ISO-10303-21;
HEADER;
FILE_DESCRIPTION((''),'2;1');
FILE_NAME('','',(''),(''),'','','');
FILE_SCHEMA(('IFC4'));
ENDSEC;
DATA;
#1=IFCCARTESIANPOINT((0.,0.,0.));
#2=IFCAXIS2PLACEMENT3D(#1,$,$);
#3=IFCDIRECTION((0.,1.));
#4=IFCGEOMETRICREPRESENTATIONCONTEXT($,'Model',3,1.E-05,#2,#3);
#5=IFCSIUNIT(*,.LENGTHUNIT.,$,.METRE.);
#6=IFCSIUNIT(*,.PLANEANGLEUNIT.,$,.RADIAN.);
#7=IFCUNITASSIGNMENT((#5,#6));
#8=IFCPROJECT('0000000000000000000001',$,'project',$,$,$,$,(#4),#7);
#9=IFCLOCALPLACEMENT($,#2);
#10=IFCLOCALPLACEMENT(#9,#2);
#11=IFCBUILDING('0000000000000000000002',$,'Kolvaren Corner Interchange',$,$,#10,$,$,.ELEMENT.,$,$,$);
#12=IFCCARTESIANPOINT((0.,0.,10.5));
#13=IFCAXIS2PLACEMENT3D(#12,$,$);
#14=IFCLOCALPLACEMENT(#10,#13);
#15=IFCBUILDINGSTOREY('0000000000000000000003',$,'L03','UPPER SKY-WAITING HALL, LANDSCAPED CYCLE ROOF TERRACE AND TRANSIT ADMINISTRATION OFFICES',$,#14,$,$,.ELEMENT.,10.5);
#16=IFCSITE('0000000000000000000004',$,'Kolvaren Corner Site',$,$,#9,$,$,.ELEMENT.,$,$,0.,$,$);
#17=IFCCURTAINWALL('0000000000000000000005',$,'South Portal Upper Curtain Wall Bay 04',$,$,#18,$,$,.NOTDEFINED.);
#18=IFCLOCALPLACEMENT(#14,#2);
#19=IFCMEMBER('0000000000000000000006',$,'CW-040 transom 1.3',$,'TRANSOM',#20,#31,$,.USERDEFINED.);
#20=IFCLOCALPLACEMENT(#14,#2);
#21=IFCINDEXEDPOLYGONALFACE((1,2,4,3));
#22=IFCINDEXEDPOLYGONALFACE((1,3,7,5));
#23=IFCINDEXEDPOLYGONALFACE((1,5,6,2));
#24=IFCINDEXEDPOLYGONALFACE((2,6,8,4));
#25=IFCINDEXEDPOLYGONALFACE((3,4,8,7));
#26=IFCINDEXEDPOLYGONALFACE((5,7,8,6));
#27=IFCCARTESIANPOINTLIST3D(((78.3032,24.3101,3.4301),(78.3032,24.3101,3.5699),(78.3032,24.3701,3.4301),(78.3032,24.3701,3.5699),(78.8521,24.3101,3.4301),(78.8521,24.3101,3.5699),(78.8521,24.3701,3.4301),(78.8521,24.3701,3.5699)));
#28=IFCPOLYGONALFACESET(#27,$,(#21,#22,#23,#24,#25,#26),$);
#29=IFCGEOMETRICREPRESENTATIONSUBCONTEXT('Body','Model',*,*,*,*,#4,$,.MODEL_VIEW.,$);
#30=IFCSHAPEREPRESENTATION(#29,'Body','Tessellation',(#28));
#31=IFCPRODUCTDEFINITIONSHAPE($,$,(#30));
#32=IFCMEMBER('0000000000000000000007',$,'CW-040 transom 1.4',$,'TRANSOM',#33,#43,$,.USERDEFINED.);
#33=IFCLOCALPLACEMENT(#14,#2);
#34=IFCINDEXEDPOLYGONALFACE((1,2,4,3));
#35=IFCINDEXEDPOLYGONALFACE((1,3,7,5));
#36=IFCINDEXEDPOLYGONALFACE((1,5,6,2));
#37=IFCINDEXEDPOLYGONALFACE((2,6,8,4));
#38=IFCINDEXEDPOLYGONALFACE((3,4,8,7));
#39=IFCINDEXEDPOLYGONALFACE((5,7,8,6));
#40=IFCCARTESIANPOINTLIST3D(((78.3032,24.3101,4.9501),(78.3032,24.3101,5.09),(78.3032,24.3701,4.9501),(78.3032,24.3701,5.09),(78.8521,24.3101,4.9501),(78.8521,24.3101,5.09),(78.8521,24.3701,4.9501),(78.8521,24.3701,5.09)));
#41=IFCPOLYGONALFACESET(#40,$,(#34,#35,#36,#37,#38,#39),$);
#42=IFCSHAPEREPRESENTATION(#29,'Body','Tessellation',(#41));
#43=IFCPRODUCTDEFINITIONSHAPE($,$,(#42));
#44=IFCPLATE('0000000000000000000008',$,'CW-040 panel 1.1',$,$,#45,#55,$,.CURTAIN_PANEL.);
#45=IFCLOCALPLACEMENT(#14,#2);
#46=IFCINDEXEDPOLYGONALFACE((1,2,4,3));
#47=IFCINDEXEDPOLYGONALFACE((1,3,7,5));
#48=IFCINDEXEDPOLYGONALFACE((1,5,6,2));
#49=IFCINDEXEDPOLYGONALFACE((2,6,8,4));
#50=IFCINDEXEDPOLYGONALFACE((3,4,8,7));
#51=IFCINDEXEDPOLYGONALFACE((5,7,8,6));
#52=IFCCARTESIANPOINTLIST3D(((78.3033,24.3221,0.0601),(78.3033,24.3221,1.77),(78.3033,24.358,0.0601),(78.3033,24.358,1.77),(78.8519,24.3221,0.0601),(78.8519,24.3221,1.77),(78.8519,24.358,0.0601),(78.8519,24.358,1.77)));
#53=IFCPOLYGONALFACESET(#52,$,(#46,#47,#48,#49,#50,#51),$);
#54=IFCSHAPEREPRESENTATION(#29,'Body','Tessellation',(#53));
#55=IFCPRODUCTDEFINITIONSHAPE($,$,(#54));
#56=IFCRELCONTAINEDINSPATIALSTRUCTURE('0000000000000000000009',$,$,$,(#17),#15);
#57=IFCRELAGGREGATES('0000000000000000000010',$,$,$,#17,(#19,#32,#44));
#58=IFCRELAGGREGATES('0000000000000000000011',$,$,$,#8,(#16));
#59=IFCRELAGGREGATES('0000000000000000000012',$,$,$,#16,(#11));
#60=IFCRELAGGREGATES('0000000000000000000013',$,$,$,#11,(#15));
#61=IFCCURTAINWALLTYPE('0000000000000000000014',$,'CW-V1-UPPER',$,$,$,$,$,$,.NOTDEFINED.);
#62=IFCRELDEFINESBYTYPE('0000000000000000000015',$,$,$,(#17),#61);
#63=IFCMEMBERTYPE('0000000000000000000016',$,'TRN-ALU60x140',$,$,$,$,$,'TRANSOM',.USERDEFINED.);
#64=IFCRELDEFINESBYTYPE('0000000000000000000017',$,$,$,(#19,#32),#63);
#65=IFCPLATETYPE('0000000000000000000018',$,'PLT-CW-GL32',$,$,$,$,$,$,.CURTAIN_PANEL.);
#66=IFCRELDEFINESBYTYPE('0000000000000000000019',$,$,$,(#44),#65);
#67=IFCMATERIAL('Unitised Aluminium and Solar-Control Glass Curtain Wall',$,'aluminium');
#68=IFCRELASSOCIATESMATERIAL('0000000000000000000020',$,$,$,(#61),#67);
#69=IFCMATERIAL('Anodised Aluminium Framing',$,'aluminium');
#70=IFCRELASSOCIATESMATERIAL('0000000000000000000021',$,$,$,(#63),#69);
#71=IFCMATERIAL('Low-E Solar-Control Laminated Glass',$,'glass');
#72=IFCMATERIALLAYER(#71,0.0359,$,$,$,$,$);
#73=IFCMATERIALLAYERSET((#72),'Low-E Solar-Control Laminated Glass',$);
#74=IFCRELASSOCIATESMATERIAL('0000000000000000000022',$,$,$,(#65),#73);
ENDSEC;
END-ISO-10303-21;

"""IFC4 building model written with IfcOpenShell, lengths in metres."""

from ifc_helpers import new_model, si_unit, direction, frame, origin, origin_2d, place, context, subcontext, project, spatial, rectangle, extrude, material, layer, layer_set, material_profile, profile_set, type_object, element, aggregate, save


model = new_model("IFC4")

# Units and contexts
model_context = context("Model", 3, precision=1e-05, world=origin(), true_north=direction((0.0, 1.0)))
body_context = subcontext(model_context, "Body", "Model", "MODEL_VIEW")
ifc_project = project(units=[si_unit("LENGTHUNIT", "METRE"), si_unit("PLANEANGLEUNIT", "RADIAN")], contexts=[model_context])

# Site, building, storey
site_placement = place(None, origin())
site = spatial("IfcSite", under=ifc_project, at=site_placement, Name="Kolvaren Corner Site", CompositionType="ELEMENT", RefElevation=0.0)
building_placement = place(site_placement, origin())
building = spatial("IfcBuilding", under=site, at=building_placement, Name="Kolvaren Corner Interchange", CompositionType="ELEMENT")
storey_placement = place(building_placement, frame((0.0, 0.0, 10.5)))
storey = spatial("IfcBuildingStorey", under=building, at=storey_placement, Name="L03", Description="UPPER SKY-WAITING HALL, LANDSCAPED CYCLE ROOF TERRACE AND TRANSIT ADMINISTRATION OFFICES", CompositionType="ELEMENT", Elevation=10.5)

# Shared definitions
ifc_material_1 = material(Name="Unitised Aluminium and Solar-Control Glass Curtain Wall", Category="aluminium")
curtain_wall_type = type_object("IfcCurtainWallType", Name="CW-V1-UPPER", PredefinedType="NOTDEFINED", material=ifc_material_1)

# Curtain wall, members, plate
curtain_wall_1_placement = place(storey_placement, origin())
curtain_wall_1 = element("IfcCurtainWall", 1, at=curtain_wall_1_placement, inside=storey, type_object=curtain_wall_type, Name="South Portal Upper Curtain Wall Bay 04", PredefinedType="NOTDEFINED")
ifc_material_2 = material(Name="Anodised Aluminium Framing", Category="aluminium")
ifc_material_profile_1 = material_profile(ifc_material_2, rectangle(XDim=0.0601, YDim=0.1399, at=origin_2d()), Name="ALU 60x140")
ifc_profile_set_1 = profile_set([ifc_material_profile_1], Name="Anodised Aluminium Framing")
member_type_1 = type_object("IfcMemberType", Name="TRN-ALU60x140", ElementType="TRANSOM", PredefinedType="USERDEFINED", material=ifc_profile_set_1)
member_1_placement = place(storey_placement, frame((78.3032, 24.3401, 3.5), z_axis=(1.0, 0.0, 0.0), x_axis=(0.0, 1.0, 0.0)))
member_1 = element("IfcMember", 2, at=member_1_placement, type_object=member_type_1, Name="CW-040 transom 1.3", ObjectType="TRANSOM", PredefinedType="USERDEFINED", context=body_context, shape_type="SweptSolid", body=[
    extrude(rectangle(XDim=0.0601, YDim=0.1399, at=origin_2d()), origin(), (0.0, 0.0, 1.0), 0.5488),
])
member_2_placement = place(storey_placement, frame((78.3032, 24.3401, 5.02), z_axis=(1.0, 0.0, 0.0), x_axis=(0.0, 1.0, 0.0)))
member_2 = element("IfcMember", 3, at=member_2_placement, type_object=member_type_1, Name="CW-040 transom 1.4", ObjectType="TRANSOM", PredefinedType="USERDEFINED", context=body_context, shape_type="SweptSolid", body=[
    extrude(rectangle(XDim=0.0601, YDim=0.1399, at=origin_2d()), origin(), (0.0, 0.0, 1.0), 0.5488),
])
ifc_material_3 = material(Name="Low-E Solar-Control Laminated Glass", Category="glass")
ifc_layer = layer(ifc_material_3, 0.0359)
ifc_layer_set = layer_set([ifc_layer], Name="Low-E Solar-Control Laminated Glass")
plate_type = type_object("IfcPlateType", Name="PLT-CW-GL32", PredefinedType="CURTAIN_PANEL", material=ifc_layer_set)
plate_placement = place(storey_placement, frame((78.5776, 24.3401, 0.0601), z_axis=(0.0, 0.0, 1.0), x_axis=(1.0, 0.0, 0.0)))
plate = element("IfcPlate", 4, at=plate_placement, type_object=plate_type, Name="CW-040 panel 1.1", PredefinedType="CURTAIN_PANEL", context=body_context, shape_type="SweptSolid", body=[
    extrude(rectangle(XDim=0.5486, YDim=0.0359, at=origin_2d()), origin(), (0.0, 0.0, 1.0), 1.71),
])
aggregate(curtain_wall_1, [member_1, member_2, plate])

save(model, "model.ifc")
